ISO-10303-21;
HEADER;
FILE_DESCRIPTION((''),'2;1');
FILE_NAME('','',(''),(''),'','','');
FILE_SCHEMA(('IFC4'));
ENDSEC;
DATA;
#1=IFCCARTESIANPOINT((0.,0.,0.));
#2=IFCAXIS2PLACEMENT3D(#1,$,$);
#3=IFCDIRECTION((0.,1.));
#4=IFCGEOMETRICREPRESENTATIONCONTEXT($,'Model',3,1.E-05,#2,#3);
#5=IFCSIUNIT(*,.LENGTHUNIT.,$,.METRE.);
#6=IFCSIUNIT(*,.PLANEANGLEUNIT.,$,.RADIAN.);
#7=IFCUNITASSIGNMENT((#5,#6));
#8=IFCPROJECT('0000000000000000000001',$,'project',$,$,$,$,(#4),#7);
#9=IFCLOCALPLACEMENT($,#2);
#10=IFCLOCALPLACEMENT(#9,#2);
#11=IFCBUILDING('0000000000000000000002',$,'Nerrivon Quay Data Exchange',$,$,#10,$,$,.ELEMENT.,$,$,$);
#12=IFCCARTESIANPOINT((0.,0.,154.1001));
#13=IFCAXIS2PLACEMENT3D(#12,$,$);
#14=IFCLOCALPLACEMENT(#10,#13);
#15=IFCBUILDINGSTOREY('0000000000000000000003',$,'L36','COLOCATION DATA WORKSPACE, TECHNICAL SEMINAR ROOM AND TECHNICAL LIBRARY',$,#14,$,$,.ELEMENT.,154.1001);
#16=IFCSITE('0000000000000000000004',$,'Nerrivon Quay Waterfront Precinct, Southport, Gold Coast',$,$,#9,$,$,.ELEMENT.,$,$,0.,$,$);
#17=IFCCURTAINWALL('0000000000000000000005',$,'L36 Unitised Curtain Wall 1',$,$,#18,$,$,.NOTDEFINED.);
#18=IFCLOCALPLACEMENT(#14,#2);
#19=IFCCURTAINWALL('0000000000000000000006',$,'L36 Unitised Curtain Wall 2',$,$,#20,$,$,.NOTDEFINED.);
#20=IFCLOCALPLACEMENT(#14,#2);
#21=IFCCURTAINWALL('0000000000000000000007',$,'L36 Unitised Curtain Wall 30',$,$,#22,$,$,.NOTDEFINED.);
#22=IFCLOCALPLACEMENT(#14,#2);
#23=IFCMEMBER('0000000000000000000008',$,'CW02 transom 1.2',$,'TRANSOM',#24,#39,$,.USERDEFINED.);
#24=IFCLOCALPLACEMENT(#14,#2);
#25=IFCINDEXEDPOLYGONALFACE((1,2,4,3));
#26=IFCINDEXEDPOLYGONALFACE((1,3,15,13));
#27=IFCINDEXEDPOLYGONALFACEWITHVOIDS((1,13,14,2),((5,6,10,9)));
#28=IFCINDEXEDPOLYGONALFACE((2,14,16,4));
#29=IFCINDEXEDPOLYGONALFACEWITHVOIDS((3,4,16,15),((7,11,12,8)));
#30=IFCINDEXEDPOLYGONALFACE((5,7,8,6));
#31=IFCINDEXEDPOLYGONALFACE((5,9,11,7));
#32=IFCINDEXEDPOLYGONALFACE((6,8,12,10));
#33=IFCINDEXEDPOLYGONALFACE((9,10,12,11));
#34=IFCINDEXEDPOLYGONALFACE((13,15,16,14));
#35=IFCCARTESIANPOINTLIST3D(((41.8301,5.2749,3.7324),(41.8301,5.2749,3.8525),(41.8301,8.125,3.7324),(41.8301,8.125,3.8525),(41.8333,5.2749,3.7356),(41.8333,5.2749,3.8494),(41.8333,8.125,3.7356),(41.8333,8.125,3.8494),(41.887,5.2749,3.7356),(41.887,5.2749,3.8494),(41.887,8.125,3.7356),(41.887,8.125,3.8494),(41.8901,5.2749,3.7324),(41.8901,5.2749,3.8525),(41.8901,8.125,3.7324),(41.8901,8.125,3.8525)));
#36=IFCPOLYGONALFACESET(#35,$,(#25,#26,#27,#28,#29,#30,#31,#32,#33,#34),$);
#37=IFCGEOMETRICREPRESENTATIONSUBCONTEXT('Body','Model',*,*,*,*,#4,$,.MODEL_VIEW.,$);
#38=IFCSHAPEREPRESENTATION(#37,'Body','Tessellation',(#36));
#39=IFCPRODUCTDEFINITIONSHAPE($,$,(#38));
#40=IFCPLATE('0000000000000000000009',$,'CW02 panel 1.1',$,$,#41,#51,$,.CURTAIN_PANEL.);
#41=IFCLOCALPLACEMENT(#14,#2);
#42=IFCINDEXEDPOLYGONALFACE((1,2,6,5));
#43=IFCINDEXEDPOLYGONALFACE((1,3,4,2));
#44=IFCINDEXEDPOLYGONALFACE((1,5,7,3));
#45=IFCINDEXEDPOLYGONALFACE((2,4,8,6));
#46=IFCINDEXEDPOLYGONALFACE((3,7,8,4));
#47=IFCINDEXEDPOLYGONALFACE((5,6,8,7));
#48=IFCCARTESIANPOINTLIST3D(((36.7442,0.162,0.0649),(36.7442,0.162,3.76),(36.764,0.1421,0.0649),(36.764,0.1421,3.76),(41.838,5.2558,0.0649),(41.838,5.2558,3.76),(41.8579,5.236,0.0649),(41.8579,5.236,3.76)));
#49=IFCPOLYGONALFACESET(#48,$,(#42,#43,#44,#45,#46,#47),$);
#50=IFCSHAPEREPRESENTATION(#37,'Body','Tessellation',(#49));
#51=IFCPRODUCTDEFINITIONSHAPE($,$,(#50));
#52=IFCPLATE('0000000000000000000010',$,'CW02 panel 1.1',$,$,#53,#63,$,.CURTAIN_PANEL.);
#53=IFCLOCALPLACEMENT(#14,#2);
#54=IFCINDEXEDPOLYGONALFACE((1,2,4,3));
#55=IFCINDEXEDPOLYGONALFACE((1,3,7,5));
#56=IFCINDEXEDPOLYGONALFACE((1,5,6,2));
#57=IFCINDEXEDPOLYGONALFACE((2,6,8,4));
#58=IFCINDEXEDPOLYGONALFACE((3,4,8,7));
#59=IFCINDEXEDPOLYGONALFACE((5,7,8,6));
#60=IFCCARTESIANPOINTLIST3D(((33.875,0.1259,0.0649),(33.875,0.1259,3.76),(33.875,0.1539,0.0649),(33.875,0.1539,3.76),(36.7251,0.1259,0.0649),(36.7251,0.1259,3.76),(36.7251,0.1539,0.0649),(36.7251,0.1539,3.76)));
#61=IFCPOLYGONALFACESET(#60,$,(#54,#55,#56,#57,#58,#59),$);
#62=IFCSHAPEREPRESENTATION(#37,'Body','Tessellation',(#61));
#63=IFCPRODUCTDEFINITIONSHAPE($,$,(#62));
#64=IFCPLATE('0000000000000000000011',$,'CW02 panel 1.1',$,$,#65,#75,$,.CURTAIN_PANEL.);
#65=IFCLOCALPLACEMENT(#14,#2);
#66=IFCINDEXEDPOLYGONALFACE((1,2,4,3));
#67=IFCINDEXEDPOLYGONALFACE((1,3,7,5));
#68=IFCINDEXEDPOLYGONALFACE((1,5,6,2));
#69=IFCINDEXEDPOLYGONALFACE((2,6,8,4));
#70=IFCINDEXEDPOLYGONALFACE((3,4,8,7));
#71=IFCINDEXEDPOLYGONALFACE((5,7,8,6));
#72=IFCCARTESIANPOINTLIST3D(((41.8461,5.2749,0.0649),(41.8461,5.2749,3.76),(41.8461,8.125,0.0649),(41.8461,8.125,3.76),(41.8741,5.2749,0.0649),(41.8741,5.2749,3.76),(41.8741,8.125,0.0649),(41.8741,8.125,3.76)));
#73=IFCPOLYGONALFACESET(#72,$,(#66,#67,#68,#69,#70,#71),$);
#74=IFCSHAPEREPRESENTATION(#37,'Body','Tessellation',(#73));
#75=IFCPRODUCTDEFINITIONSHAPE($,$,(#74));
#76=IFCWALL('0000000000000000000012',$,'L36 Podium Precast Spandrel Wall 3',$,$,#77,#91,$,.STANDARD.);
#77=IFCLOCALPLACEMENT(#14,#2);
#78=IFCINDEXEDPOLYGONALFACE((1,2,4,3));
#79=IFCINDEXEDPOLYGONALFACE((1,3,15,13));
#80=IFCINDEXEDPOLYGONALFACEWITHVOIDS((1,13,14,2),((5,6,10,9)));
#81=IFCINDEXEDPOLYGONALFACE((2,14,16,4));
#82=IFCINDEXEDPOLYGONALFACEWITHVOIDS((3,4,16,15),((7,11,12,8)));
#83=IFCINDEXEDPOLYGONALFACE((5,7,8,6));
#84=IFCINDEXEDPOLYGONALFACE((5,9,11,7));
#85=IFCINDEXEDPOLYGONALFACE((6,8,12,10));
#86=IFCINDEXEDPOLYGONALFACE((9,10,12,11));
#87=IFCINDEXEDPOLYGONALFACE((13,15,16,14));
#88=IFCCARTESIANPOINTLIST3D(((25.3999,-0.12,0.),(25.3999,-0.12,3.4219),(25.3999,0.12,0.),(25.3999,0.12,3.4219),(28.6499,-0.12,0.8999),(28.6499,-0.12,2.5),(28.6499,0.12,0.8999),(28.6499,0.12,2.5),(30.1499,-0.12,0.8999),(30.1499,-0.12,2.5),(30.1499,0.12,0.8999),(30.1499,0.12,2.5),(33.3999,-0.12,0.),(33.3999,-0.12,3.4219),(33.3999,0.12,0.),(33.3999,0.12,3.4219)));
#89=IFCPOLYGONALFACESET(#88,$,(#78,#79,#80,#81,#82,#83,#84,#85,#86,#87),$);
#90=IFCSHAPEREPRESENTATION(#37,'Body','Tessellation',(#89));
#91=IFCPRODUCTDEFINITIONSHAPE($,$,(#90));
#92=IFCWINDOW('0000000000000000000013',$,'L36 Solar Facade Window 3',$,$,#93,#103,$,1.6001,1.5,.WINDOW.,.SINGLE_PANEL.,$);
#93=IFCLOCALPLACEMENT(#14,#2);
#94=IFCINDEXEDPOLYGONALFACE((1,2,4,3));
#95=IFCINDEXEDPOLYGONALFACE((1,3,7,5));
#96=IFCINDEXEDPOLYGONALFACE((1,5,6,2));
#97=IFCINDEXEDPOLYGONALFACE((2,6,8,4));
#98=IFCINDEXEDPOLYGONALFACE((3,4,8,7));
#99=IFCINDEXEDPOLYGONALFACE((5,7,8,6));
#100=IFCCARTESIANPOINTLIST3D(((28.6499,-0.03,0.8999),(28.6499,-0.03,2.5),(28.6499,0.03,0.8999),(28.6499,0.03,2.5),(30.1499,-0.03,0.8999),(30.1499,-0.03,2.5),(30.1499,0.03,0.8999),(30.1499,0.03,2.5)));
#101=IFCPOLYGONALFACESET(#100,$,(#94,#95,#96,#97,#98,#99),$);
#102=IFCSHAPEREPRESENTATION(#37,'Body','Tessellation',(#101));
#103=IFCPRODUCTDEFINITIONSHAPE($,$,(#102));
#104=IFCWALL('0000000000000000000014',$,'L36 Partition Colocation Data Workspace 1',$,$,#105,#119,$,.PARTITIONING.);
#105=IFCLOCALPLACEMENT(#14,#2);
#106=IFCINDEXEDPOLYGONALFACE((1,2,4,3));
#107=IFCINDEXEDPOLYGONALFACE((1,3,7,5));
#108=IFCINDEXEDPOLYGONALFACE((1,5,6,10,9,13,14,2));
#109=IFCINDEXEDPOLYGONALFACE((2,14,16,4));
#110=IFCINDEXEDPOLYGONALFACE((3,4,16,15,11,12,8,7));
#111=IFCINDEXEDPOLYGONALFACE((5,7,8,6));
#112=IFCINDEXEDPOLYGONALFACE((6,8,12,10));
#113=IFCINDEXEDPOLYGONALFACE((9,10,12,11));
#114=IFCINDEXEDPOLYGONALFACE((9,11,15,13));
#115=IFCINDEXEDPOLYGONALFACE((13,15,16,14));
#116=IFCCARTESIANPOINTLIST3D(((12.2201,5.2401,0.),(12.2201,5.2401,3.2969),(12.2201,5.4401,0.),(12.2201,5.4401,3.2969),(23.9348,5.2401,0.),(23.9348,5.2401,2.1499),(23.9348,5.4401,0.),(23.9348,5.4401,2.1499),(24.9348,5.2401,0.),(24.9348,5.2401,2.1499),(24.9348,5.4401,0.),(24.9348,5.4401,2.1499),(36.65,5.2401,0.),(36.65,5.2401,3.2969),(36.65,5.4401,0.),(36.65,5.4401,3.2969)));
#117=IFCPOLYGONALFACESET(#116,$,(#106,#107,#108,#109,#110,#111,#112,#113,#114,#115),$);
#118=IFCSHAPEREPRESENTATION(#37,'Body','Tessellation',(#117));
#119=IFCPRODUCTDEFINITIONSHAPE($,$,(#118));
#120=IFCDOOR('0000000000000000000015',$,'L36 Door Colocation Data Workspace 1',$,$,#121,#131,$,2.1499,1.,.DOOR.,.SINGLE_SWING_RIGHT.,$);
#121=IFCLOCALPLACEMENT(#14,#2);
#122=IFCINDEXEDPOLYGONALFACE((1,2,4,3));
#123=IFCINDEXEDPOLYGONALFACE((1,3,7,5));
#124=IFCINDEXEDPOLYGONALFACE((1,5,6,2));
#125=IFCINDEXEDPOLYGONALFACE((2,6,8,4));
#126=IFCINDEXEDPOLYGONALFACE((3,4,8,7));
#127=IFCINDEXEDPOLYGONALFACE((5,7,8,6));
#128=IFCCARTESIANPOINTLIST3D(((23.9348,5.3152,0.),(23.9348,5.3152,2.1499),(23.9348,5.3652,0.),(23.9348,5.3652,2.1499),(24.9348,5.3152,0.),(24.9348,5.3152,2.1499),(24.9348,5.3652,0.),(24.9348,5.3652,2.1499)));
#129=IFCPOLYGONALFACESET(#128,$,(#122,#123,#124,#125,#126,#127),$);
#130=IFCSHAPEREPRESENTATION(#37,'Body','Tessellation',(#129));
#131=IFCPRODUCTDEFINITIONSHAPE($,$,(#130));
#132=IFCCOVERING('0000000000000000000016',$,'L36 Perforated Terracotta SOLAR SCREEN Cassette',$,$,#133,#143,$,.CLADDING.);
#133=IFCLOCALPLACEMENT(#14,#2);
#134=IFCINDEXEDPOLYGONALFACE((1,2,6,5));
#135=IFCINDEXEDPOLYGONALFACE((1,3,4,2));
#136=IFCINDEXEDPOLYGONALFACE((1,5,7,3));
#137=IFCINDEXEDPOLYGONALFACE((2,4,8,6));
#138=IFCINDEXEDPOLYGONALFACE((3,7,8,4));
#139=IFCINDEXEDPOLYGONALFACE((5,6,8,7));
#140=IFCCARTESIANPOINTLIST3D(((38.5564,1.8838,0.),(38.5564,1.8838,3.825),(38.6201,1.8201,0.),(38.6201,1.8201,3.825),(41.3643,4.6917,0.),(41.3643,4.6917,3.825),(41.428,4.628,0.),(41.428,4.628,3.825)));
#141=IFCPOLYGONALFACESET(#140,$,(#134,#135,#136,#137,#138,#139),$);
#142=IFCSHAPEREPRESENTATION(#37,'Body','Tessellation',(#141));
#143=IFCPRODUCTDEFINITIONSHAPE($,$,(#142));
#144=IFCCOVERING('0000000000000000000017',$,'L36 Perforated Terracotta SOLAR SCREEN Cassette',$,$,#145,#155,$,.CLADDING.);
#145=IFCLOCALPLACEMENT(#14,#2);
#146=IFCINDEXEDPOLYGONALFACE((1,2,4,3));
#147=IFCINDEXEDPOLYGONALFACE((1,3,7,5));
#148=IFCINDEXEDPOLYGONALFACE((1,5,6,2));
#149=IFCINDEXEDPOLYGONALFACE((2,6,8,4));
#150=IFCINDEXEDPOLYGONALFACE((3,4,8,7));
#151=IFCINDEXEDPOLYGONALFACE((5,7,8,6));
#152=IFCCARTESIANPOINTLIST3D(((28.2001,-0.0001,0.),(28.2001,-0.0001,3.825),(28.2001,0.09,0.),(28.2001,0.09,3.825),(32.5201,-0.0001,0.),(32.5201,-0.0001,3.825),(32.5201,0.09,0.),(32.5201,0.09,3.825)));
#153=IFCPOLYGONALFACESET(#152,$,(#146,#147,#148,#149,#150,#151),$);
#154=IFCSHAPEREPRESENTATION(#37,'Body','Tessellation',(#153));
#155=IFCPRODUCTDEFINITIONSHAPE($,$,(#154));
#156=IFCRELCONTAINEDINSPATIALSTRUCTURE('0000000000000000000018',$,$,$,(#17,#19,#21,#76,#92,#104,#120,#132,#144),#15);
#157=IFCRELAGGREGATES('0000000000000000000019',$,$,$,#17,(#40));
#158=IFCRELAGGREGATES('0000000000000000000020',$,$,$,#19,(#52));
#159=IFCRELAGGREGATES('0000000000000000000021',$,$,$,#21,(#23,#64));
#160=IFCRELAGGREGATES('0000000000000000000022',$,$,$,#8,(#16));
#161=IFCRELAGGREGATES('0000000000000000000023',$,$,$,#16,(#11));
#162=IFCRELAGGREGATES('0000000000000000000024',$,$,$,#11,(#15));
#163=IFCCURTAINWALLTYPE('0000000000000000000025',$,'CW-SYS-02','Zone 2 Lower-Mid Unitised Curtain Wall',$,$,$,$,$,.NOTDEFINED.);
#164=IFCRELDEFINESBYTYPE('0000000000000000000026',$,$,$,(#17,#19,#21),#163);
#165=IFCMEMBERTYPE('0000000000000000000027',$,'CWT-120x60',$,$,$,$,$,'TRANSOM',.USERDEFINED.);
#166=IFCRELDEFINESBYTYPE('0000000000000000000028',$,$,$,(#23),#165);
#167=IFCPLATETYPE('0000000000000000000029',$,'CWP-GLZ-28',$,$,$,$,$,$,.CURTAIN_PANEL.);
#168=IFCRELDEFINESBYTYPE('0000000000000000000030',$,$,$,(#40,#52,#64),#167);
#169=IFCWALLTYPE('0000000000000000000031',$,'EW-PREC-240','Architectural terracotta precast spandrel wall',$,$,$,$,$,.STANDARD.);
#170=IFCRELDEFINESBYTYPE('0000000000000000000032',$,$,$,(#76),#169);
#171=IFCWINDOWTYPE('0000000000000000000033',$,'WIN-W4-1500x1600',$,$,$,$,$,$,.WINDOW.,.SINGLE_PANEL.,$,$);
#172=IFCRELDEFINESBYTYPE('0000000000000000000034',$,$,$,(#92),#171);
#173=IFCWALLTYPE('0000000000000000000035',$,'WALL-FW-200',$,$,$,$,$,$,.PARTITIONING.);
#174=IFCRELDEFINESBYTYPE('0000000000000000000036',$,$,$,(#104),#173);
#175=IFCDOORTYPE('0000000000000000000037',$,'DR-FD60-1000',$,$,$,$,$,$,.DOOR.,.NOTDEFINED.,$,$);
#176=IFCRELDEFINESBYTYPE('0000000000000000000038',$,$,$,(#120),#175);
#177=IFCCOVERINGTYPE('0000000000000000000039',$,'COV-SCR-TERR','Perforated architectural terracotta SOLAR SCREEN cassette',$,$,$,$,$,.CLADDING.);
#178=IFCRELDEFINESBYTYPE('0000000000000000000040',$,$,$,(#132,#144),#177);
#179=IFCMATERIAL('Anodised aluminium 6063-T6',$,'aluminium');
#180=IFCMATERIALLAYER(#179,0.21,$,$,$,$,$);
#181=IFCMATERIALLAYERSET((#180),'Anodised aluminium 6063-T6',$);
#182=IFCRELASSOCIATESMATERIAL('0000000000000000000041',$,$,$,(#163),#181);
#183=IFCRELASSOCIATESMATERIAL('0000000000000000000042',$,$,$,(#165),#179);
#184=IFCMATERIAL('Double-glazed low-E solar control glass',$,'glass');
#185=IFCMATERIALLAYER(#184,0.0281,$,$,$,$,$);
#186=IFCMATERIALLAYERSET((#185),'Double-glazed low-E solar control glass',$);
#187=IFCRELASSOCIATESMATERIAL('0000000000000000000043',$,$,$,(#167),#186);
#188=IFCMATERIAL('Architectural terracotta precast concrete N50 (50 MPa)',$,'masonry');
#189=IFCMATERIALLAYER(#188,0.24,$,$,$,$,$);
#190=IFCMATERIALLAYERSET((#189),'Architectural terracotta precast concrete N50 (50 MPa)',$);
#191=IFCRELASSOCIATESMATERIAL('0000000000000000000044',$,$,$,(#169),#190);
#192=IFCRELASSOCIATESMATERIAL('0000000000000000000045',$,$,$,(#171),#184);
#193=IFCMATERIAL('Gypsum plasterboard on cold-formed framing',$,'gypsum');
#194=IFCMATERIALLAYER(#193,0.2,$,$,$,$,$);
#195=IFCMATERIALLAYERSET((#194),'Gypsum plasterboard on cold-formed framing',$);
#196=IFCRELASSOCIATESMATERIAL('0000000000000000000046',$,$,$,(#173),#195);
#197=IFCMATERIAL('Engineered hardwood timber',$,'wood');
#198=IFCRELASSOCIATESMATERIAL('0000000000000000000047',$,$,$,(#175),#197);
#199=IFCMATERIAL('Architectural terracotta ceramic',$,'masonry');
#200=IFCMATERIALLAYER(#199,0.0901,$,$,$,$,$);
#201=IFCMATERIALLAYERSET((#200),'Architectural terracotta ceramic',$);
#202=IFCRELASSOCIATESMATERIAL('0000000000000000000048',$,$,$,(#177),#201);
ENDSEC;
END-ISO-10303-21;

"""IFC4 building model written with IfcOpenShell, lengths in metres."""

from ifc_helpers import new_model, si_unit, direction, frame, frame_2d, origin, origin_2d, place, context, subcontext, project, spatial, rectangle, hollow_rectangle, extrude, material, layer, layer_set, material_profile, profile_set, type_object, element, fill, aggregate, save


model = new_model("IFC4")

# Units and contexts
model_context = context("Model", 3, precision=1e-05, world=origin(), true_north=direction((0.0, 1.0)))
body_context = subcontext(model_context, "Body", "Model", "MODEL_VIEW")
ifc_project = project(units=[si_unit("LENGTHUNIT", "METRE"), si_unit("PLANEANGLEUNIT", "RADIAN")], contexts=[model_context])

# Site, building, storey
site_placement = place(None, origin())
site = spatial("IfcSite", under=ifc_project, at=site_placement, Name="Nerrivon Quay Waterfront Precinct, Southport, Gold Coast", CompositionType="ELEMENT", RefElevation=0.0)
building_placement = place(site_placement, origin())
building = spatial("IfcBuilding", under=site, at=building_placement, Name="Nerrivon Quay Data Exchange", CompositionType="ELEMENT")
storey_placement = place(building_placement, frame((0.0, 0.0, 154.1001)))
storey = spatial("IfcBuildingStorey", under=building, at=storey_placement, Name="L36", Description="COLOCATION DATA WORKSPACE, TECHNICAL SEMINAR ROOM AND TECHNICAL LIBRARY", CompositionType="ELEMENT", Elevation=154.1001)

# Curtain walls
ifc_material_1 = material(Name="Anodised aluminium 6063-T6", Category="aluminium")
ifc_layer_1 = layer(ifc_material_1, 0.21)
ifc_layer_set_1 = layer_set([ifc_layer_1], Name="Anodised aluminium 6063-T6")
curtain_wall_type = type_object("IfcCurtainWallType", Name="CW-SYS-02", Description="Zone 2 Lower-Mid Unitised Curtain Wall", PredefinedType="NOTDEFINED", material=ifc_layer_set_1)
curtain_wall_1_placement = place(storey_placement, origin())
curtain_wall_1 = element("IfcCurtainWall", 1, at=curtain_wall_1_placement, inside=storey, type_object=curtain_wall_type, Name="L36 Unitised Curtain Wall 1", PredefinedType="NOTDEFINED")
curtain_wall_2_placement = place(storey_placement, origin())
curtain_wall_2 = element("IfcCurtainWall", 2, at=curtain_wall_2_placement, inside=storey, type_object=curtain_wall_type, Name="L36 Unitised Curtain Wall 2", PredefinedType="NOTDEFINED")
curtain_wall_3_placement = place(storey_placement, origin())
curtain_wall_3 = element("IfcCurtainWall", 3, at=curtain_wall_3_placement, inside=storey, type_object=curtain_wall_type, Name="L36 Unitised Curtain Wall 30", PredefinedType="NOTDEFINED")

# Member
ifc_material_profile_1 = material_profile(ifc_material_1, hollow_rectangle(XDim=0.0601, YDim=0.1201, WallThickness=0.0032, at=origin_2d()), Name="ALU-TRAN-120x60")
ifc_profile_set_1 = profile_set([ifc_material_profile_1], Name="Anodised aluminium 6063-T6")
member_type_1 = type_object("IfcMemberType", Name="CWT-120x60", ElementType="TRANSOM", PredefinedType="USERDEFINED", material=ifc_profile_set_1)
member_1_placement = place(storey_placement, frame((41.8601, 8.125, 3.7925), z_axis=(0.0, -1.0, 0.0), x_axis=(1.0, 0.0, 0.0)))
member_1 = element("IfcMember", 4, at=member_1_placement, type_object=member_type_1, Name="CW02 transom 1.2", ObjectType="TRANSOM", PredefinedType="USERDEFINED", context=body_context, shape_type="SweptSolid", body=[
    extrude(hollow_rectangle(XDim=0.0601, YDim=0.1201, WallThickness=0.0032, at=origin_2d()), origin(), (0.0, 0.0, 1.0), 2.8501),
])

# Plates
ifc_material_2 = material(Name="Double-glazed low-E solar control glass", Category="glass")
ifc_layer_2 = layer(ifc_material_2, 0.0281)
ifc_layer_set_2 = layer_set([ifc_layer_2], Name="Double-glazed low-E solar control glass")
plate_type = type_object("IfcPlateType", Name="CWP-GLZ-28", PredefinedType="CURTAIN_PANEL", material=ifc_layer_set_2)
plate_1_placement = place(storey_placement, frame((39.301, 2.699, 0.0649), z_axis=(0.0, 0.0, 1.0), x_axis=(-0.707107, -0.707107, 0.0)))
plate_1 = element("IfcPlate", 5, at=plate_1_placement, type_object=plate_type, Name="CW02 panel 1.1", PredefinedType="CURTAIN_PANEL", context=body_context, shape_type="SweptSolid", body=[
    extrude(rectangle(XDim=7.2039, YDim=0.0281, at=origin_2d()), origin(), (0.0, 0.0, 1.0), 3.6951),
])
aggregate(curtain_wall_1, [plate_1])
plate_2_placement = place(storey_placement, frame((35.3, 0.1399, 0.0649), z_axis=(0.0, 0.0, 1.0), x_axis=(-1.0, 0.0, 0.0)))
plate_2 = element("IfcPlate", 6, at=plate_2_placement, type_object=plate_type, Name="CW02 panel 1.1", PredefinedType="CURTAIN_PANEL", context=body_context, shape_type="SweptSolid", body=[
    extrude(rectangle(XDim=2.8501, YDim=0.0281, at=origin_2d()), origin(), (0.0, 0.0, 1.0), 3.6951),
])
aggregate(curtain_wall_2, [plate_2])
plate_3_placement = place(storey_placement, frame((41.8601, 6.7, 0.0649), z_axis=(0.0, 0.0, 1.0), x_axis=(0.0, -1.0, 0.0)))
plate_3 = element("IfcPlate", 7, at=plate_3_placement, type_object=plate_type, Name="CW02 panel 1.1", PredefinedType="CURTAIN_PANEL", context=body_context, shape_type="SweptSolid", body=[
    extrude(rectangle(XDim=2.8501, YDim=0.0281, at=origin_2d()), origin(), (0.0, 0.0, 1.0), 3.6951),
])
aggregate(curtain_wall_3, [member_1, plate_3])

# Wall, opening, window
ifc_material_3 = material(Name="Architectural terracotta precast concrete N50 (50 MPa)", Category="masonry")
ifc_layer_3 = layer(ifc_material_3, 0.24)
ifc_layer_set_3 = layer_set([ifc_layer_3], Name="Architectural terracotta precast concrete N50 (50 MPa)")
wall_type_1 = type_object("IfcWallType", Name="EW-PREC-240", Description="Architectural terracotta precast spandrel wall", PredefinedType="STANDARD", material=ifc_layer_set_3)
wall_1_placement = place(storey_placement, frame((33.3999, 0.0, 0.0), z_axis=(0.0, 0.0, 1.0), x_axis=(-1.0, 0.0, 0.0)))
wall_1 = element("IfcWall", 8, at=wall_1_placement, inside=storey, type_object=wall_type_1, Name="L36 Podium Precast Spandrel Wall 3", PredefinedType="STANDARD", context=body_context, shape_type="SweptSolid", body=[
    extrude(rectangle(XDim=8.0, YDim=0.24, at=frame_2d((4.0, 0.0))), origin(), (0.0, 0.0, 1.0), 3.4219),
])
opening_1_placement = place(wall_1_placement, frame((3.25, 0.0, 0.8999)))
opening_1 = element("IfcOpeningElement", 9, at=opening_1_placement, cuts=wall_1, PredefinedType="OPENING", context=body_context, shape_type="SweptSolid", body=[
    extrude(rectangle(XDim=1.5, YDim=1.6001, at=frame_2d((0.75, 0.8))), frame((0.0, 0.1299, 0.0), z_axis=(0.0, -1.0, 0.0), x_axis=(1.0, 0.0, 0.0)), (0.0, 0.0, 1.0), 0.26),
])
window_type = type_object("IfcWindowType", Name="WIN-W4-1500x1600", PartitioningType="SINGLE_PANEL", PredefinedType="WINDOW", material=ifc_material_2)
window_placement = place(opening_1_placement, origin())
window = element("IfcWindow", 10, at=window_placement, inside=storey, type_object=window_type, Name="L36 Solar Facade Window 3", OverallHeight=1.6001, OverallWidth=1.5, PartitioningType="SINGLE_PANEL", PredefinedType="WINDOW", context=body_context, shape_type="SweptSolid", body=[
    extrude(rectangle(XDim=1.5, YDim=1.6001, at=frame_2d((0.75, 0.8))), frame((0.0, 0.03, 0.0), z_axis=(0.0, -1.0, 0.0), x_axis=(1.0, 0.0, 0.0)), (0.0, 0.0, 1.0), 0.0601),
])
fill(opening_1, window)

# Wall, opening, door
ifc_material_4 = material(Name="Gypsum plasterboard on cold-formed framing", Category="gypsum")
ifc_layer_4 = layer(ifc_material_4, 0.2)
ifc_layer_set_4 = layer_set([ifc_layer_4], Name="Gypsum plasterboard on cold-formed framing")
wall_type_2 = type_object("IfcWallType", Name="WALL-FW-200", PredefinedType="PARTITIONING", material=ifc_layer_set_4)
wall_2_placement = place(storey_placement, frame((36.6499, 5.3401, 0.0), z_axis=(0.0, 0.0, 1.0), x_axis=(-1.0, 0.0, 0.0)))
wall_2 = element("IfcWall", 11, at=wall_2_placement, inside=storey, type_object=wall_type_2, Name="L36 Partition Colocation Data Workspace 1", PredefinedType="PARTITIONING", context=body_context, shape_type="SweptSolid", body=[
    extrude(rectangle(XDim=24.4299, YDim=0.2, at=frame_2d((12.2148, 0.0))), origin(), (0.0, 0.0, 1.0), 3.2969),
])
opening_2_placement = place(wall_2_placement, frame((11.7151, 0.0, 0.0)))
opening_2 = element("IfcOpeningElement", 12, at=opening_2_placement, cuts=wall_2, PredefinedType="OPENING", context=body_context, shape_type="SweptSolid", body=[
    extrude(rectangle(XDim=1.0, YDim=2.1499, at=frame_2d((0.5, 1.075))), frame((0.0, 0.1099, 0.0), z_axis=(0.0, -1.0, 0.0), x_axis=(1.0, 0.0, 0.0)), (0.0, 0.0, 1.0), 0.22),
])
ifc_material_5 = material(Name="Engineered hardwood timber", Category="wood")
door_type_1 = type_object("IfcDoorType", Name="DR-FD60-1000", OperationType="NOTDEFINED", PredefinedType="DOOR", material=ifc_material_5)
door_1_placement = place(opening_2_placement, origin())
door_1 = element("IfcDoor", 13, at=door_1_placement, inside=storey, type_object=door_type_1, Name="L36 Door Colocation Data Workspace 1", OperationType="SINGLE_SWING_RIGHT", OverallHeight=2.1499, OverallWidth=1.0, PredefinedType="DOOR", context=body_context, shape_type="SweptSolid", body=[
    extrude(rectangle(XDim=1.0, YDim=2.1499, at=frame_2d((0.5, 1.075))), frame((0.0, 0.0249, 0.0), z_axis=(0.0, -1.0, 0.0), x_axis=(1.0, 0.0, 0.0)), (0.0, 0.0, 1.0), 0.05),
])
fill(opening_2, door_1)

# Coverings
ifc_material_6 = material(Name="Architectural terracotta ceramic", Category="masonry")
ifc_layer_5 = layer(ifc_material_6, 0.0901)
ifc_layer_set_5 = layer_set([ifc_layer_5], Name="Architectural terracotta ceramic")
covering_type = type_object("IfcCoveringType", Name="COV-SCR-TERR", Description="Perforated architectural terracotta SOLAR SCREEN cassette", PredefinedType="CLADDING", material=ifc_layer_set_5)
covering_1_placement = place(storey_placement, frame((39.9922, 3.2559, 0.0), z_axis=(0.0, 0.0, 1.0), x_axis=(-0.707107, -0.707107, 0.0)))
element("IfcCovering", 14, at=covering_1_placement, inside=storey, type_object=covering_type, Name="L36 Perforated Terracotta SOLAR SCREEN Cassette", PredefinedType="CLADDING", context=body_context, shape_type="SweptSolid", body=[
    extrude(rectangle(XDim=3.9709, YDim=0.0901, at=origin_2d()), origin(), (0.0, 0.0, 1.0), 3.825),
])
covering_2_placement = place(storey_placement, frame((30.3601, 0.0449, 0.0), z_axis=(0.0, 0.0, 1.0), x_axis=(-1.0, 0.0, 0.0)))
element("IfcCovering", 15, at=covering_2_placement, inside=storey, type_object=covering_type, Name="L36 Perforated Terracotta SOLAR SCREEN Cassette", PredefinedType="CLADDING", context=body_context, shape_type="SweptSolid", body=[
    extrude(rectangle(XDim=4.3201, YDim=0.0901, at=origin_2d()), origin(), (0.0, 0.0, 1.0), 3.825),
])

save(model, "model.ifc")
